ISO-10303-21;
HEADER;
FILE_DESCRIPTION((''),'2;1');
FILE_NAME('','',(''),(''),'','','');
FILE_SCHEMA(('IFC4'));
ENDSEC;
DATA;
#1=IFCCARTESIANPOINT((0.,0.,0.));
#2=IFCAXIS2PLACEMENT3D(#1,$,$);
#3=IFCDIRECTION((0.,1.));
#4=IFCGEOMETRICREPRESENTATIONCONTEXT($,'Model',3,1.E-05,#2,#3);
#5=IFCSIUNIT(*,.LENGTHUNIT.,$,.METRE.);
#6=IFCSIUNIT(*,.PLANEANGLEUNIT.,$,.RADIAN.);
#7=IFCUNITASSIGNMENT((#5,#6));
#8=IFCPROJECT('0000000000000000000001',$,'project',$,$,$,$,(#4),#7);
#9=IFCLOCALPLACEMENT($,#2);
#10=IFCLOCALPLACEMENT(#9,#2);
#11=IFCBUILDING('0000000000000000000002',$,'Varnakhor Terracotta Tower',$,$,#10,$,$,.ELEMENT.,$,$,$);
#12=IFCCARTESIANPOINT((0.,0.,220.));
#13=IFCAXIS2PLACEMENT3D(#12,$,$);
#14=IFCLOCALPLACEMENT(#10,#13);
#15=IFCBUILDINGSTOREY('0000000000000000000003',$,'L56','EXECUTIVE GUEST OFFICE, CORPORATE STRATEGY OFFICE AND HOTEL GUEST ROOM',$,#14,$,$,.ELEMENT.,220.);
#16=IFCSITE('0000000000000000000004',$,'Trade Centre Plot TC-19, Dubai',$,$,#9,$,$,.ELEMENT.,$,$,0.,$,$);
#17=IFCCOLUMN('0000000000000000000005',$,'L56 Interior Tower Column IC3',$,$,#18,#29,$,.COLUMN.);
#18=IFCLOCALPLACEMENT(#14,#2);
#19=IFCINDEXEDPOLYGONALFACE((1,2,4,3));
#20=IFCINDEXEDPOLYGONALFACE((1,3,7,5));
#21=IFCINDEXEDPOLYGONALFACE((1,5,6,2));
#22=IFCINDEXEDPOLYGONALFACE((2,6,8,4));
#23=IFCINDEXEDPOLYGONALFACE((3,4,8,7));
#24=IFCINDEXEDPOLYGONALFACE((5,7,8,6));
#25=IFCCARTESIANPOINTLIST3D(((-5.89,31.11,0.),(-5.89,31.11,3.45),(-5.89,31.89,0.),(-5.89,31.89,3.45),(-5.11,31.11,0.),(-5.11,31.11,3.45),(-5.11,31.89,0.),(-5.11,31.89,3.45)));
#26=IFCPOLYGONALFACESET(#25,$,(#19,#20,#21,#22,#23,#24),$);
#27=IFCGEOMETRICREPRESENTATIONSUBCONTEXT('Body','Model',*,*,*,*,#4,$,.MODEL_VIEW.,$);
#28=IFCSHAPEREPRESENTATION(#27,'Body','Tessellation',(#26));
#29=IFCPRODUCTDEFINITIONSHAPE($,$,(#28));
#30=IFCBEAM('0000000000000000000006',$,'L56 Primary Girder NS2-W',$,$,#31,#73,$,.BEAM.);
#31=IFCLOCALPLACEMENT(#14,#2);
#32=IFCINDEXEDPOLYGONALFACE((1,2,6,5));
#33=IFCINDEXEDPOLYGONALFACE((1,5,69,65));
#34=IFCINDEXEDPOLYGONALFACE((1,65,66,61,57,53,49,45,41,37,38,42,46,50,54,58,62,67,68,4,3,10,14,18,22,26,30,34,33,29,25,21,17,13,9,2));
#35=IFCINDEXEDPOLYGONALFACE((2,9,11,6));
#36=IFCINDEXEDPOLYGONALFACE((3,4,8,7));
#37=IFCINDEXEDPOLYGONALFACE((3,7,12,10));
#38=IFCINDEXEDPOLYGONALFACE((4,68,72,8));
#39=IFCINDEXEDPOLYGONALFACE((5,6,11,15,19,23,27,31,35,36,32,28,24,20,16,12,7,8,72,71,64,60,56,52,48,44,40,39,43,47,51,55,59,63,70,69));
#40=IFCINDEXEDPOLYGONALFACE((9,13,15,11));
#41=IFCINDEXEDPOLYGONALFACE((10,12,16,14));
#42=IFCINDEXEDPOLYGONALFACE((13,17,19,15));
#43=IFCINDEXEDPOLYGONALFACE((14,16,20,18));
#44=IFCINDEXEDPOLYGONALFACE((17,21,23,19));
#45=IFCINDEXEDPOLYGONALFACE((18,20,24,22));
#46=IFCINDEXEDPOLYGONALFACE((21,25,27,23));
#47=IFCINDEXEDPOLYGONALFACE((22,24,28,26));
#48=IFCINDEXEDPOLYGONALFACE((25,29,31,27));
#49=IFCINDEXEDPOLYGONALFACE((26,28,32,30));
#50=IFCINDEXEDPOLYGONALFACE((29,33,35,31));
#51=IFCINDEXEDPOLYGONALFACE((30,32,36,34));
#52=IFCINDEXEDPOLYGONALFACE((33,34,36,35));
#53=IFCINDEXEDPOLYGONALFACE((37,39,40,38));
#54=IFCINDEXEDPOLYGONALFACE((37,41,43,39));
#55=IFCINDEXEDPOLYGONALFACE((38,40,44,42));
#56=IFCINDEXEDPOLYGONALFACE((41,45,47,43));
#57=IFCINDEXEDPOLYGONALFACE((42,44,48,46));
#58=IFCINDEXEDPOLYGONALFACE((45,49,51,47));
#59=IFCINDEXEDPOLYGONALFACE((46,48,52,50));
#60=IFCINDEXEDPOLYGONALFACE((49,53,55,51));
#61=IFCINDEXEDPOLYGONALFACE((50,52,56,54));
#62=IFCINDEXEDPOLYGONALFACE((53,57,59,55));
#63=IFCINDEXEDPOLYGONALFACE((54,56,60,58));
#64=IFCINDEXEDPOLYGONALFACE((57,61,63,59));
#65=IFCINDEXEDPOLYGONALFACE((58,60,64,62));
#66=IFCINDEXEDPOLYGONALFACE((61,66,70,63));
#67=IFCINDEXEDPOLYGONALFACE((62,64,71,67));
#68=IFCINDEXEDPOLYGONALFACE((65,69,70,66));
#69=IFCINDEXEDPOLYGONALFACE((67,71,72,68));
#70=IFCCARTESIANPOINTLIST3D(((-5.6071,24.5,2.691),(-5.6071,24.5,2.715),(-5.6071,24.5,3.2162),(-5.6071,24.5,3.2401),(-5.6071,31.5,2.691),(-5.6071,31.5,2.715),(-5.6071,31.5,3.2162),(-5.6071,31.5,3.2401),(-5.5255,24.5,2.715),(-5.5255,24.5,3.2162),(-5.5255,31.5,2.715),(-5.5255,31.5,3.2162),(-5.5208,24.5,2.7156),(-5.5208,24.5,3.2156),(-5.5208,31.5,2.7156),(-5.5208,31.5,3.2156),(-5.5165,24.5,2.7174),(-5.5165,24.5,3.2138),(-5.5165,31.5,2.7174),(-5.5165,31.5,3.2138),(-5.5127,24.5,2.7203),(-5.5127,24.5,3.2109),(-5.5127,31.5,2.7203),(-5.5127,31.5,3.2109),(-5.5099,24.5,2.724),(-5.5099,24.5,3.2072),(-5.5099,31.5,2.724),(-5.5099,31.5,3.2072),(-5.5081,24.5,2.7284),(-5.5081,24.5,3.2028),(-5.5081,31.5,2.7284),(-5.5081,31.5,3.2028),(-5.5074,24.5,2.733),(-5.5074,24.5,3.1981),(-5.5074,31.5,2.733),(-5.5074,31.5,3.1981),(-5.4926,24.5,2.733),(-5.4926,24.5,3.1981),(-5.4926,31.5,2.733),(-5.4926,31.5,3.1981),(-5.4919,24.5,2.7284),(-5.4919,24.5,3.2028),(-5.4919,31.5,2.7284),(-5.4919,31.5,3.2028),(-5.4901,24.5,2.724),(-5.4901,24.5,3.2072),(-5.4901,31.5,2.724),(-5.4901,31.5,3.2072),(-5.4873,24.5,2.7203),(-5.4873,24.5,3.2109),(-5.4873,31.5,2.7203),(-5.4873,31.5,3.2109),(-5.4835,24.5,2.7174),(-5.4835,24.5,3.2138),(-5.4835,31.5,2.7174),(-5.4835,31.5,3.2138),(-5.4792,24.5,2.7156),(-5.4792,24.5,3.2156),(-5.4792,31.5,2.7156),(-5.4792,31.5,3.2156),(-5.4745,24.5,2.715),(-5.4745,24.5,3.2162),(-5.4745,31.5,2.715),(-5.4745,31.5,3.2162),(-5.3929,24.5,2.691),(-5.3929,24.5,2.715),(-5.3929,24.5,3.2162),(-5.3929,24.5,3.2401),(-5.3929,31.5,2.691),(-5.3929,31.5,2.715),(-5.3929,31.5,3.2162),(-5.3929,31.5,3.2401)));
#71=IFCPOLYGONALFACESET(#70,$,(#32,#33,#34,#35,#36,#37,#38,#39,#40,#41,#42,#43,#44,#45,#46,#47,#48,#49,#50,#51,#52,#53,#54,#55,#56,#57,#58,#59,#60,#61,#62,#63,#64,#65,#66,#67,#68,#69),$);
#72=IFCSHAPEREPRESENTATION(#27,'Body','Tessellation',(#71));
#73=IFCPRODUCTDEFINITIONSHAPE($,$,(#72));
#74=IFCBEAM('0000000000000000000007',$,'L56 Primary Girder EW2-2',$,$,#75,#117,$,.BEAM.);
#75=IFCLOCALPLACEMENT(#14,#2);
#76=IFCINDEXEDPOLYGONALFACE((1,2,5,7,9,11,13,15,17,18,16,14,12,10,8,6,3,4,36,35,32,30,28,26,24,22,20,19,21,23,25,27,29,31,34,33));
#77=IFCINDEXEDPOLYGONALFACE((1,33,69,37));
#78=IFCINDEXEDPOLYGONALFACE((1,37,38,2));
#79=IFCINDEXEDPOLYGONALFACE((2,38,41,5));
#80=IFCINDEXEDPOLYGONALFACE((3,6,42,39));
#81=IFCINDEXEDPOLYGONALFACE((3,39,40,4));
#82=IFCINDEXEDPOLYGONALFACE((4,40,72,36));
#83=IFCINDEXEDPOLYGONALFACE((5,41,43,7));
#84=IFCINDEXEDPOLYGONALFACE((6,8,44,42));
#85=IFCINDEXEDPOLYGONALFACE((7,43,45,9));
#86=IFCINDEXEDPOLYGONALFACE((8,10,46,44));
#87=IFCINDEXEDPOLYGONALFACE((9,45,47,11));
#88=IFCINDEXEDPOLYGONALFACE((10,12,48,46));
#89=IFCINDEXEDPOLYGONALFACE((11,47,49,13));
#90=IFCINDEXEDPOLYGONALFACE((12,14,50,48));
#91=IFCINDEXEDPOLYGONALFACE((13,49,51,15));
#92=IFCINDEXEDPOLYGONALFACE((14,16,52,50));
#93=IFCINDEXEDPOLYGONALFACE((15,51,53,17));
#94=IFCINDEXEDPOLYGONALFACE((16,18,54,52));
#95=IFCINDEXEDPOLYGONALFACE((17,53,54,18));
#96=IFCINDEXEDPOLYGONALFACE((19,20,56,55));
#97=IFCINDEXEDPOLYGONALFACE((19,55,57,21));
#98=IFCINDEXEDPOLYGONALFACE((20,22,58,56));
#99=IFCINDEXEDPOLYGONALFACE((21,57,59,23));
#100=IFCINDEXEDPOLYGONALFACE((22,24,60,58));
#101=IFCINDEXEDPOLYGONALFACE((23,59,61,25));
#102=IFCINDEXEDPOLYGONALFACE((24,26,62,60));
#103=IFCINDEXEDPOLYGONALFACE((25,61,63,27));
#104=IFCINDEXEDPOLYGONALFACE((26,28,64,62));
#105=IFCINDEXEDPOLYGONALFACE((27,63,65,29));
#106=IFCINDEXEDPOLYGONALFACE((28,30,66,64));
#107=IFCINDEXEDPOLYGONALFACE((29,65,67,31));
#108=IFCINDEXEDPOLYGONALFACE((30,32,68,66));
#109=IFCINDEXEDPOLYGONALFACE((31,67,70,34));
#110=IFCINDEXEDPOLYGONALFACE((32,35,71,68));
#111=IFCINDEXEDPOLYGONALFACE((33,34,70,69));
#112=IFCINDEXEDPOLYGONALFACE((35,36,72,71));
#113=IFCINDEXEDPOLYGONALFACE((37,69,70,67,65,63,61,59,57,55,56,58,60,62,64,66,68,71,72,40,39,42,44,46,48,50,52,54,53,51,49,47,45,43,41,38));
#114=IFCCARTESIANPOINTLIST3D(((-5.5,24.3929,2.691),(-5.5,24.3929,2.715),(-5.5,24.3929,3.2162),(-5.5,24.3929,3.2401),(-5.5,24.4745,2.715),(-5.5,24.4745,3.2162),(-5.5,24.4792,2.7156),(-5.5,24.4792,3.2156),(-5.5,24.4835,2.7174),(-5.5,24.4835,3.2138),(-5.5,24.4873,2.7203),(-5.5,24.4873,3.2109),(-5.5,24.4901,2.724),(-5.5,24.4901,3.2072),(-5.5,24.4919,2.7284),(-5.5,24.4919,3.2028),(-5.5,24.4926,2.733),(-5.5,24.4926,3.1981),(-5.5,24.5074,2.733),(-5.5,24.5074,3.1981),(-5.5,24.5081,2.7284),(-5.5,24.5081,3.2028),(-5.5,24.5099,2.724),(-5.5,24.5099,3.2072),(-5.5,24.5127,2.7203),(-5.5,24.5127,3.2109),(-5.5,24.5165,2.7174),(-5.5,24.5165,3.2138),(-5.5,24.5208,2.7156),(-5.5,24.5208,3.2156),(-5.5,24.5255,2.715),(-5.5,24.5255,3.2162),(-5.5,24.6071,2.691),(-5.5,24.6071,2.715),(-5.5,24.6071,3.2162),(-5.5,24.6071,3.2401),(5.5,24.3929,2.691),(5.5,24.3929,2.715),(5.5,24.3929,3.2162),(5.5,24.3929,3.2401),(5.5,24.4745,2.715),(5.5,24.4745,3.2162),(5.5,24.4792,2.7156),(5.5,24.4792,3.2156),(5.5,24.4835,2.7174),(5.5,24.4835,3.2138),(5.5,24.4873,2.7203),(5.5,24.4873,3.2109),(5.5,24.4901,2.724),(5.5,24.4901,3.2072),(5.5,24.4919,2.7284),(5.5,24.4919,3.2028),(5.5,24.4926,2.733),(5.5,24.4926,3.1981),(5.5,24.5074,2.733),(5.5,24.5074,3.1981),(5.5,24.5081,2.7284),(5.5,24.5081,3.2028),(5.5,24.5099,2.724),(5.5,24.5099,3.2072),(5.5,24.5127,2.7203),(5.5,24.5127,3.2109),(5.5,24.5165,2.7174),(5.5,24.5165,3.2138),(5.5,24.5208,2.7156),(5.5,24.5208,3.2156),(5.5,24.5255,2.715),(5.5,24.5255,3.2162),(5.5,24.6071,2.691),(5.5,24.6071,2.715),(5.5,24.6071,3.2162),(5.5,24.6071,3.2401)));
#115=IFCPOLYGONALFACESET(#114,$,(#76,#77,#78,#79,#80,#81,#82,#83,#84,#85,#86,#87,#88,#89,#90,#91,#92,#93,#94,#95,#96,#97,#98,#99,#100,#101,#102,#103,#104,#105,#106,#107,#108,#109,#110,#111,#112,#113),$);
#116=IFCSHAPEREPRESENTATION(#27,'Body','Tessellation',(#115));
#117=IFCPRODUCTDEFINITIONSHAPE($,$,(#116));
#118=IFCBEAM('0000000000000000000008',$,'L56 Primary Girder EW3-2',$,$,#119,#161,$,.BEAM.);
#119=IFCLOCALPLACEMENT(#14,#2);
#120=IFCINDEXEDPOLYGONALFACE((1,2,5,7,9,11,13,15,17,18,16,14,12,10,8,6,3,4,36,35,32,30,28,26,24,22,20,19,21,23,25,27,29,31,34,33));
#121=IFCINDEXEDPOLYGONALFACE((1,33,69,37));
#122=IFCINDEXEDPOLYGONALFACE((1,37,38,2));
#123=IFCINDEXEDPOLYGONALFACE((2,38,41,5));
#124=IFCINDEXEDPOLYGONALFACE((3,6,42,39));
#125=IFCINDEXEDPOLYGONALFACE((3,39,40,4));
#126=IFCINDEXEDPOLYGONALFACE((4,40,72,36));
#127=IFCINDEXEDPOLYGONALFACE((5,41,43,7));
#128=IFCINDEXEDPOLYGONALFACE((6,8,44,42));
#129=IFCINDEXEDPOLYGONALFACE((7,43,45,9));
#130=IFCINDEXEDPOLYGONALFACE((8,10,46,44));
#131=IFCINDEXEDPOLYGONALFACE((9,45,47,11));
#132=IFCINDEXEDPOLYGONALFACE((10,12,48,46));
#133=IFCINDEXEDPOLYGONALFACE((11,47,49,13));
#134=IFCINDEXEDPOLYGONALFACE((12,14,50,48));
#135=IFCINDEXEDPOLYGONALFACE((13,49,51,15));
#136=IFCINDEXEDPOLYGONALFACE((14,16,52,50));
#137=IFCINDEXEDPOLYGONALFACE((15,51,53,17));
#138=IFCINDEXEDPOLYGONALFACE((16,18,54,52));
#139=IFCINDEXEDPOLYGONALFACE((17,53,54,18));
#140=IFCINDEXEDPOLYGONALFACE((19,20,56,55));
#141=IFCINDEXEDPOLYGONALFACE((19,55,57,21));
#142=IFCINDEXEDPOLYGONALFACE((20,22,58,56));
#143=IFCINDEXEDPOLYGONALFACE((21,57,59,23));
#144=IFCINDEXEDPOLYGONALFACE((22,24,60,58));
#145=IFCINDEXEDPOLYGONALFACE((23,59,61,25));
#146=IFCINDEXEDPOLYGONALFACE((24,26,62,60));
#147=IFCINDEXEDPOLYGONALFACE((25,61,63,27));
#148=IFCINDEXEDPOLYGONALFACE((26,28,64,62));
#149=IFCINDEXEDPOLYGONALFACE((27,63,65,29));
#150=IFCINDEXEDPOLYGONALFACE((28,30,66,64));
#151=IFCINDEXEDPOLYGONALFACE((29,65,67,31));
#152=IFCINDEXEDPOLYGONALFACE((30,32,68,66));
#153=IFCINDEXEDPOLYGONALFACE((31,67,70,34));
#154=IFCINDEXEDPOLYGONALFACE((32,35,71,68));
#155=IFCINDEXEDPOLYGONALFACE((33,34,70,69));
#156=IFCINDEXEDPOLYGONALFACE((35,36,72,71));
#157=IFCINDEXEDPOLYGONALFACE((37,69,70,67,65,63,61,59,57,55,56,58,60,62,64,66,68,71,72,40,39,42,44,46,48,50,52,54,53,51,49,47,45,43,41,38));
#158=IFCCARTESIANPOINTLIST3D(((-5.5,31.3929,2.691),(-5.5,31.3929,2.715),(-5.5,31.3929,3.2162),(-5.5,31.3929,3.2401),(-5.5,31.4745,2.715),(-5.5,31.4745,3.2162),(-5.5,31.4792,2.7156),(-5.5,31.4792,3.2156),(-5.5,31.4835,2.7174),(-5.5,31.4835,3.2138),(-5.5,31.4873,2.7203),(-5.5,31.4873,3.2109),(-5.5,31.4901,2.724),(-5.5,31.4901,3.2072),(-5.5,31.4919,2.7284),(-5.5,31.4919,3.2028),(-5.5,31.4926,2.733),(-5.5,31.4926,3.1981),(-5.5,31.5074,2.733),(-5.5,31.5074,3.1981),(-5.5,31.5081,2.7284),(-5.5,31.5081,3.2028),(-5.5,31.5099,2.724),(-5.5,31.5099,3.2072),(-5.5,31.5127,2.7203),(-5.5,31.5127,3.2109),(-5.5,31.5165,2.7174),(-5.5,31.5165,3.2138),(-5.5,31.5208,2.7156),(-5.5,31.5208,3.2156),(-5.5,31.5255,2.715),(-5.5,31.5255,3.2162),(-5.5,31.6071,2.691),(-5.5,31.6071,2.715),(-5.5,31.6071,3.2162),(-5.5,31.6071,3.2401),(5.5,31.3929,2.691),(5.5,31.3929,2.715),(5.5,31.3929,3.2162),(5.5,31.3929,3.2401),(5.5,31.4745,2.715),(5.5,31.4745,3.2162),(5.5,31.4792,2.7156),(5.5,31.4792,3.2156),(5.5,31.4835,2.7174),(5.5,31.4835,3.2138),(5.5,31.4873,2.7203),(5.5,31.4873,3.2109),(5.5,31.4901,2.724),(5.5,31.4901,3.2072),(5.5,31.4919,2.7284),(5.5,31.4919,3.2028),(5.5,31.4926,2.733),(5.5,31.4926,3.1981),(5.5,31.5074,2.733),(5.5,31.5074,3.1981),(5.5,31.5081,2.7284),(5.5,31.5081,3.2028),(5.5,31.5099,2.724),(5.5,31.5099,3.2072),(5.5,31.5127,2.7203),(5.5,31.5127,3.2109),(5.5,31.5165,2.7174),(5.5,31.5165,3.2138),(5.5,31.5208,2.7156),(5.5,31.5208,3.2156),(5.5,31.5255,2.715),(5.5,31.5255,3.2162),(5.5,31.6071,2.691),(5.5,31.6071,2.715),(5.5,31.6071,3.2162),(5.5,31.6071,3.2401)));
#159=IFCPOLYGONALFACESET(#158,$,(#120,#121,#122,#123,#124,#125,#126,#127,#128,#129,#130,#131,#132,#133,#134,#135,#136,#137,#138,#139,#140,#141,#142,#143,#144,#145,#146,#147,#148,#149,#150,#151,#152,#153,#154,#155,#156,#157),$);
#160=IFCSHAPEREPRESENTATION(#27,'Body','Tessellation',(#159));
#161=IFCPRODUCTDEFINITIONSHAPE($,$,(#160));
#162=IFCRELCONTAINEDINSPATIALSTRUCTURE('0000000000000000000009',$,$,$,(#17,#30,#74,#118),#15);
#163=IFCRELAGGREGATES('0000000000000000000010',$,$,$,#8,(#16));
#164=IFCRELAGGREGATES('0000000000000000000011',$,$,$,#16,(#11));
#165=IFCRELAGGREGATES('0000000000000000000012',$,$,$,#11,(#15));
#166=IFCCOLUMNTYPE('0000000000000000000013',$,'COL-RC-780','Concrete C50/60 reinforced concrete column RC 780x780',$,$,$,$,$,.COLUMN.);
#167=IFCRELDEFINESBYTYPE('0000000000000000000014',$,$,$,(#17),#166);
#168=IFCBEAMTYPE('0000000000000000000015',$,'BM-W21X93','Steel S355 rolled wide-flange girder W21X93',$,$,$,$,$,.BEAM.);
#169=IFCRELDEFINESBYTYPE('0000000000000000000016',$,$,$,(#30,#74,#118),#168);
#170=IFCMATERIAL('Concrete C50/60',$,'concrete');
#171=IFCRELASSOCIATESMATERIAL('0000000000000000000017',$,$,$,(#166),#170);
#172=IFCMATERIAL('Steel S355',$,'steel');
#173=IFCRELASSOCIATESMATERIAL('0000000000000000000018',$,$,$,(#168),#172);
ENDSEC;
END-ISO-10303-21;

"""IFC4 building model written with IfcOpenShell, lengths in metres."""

from ifc_helpers import new_model, si_unit, direction, frame, origin, origin_2d, place, context, subcontext, project, spatial, rectangle, i_section, extrude, source, transform, mapped, material, material_profile, profile_set, type_object, element, save


model = new_model("IFC4")

# Units and contexts
model_context = context("Model", 3, precision=1e-05, world=origin(), true_north=direction((0.0, 1.0)))
body_context = subcontext(model_context, "Body", "Model", "MODEL_VIEW")
ifc_project = project(units=[si_unit("LENGTHUNIT", "METRE"), si_unit("PLANEANGLEUNIT", "RADIAN")], contexts=[model_context])

# Site, building, storey
site_placement = place(None, origin())
site = spatial("IfcSite", under=ifc_project, at=site_placement, Name="Trade Centre Plot TC-19, Dubai", CompositionType="ELEMENT", RefElevation=0.0)
building_placement = place(site_placement, origin())
building = spatial("IfcBuilding", under=site, at=building_placement, Name="Varnakhor Terracotta Tower", CompositionType="ELEMENT")
storey_placement = place(building_placement, frame((0.0, 0.0, 220.0)))
storey = spatial("IfcBuildingStorey", under=building, at=storey_placement, Name="L56", Description="EXECUTIVE GUEST OFFICE, CORPORATE STRATEGY OFFICE AND HOTEL GUEST ROOM", CompositionType="ELEMENT", Elevation=220.0)

# Column
ifc_material_1 = material(Name="Concrete C50/60", Category="concrete")
ifc_material_profile_1 = material_profile(ifc_material_1, rectangle(XDim=0.78, YDim=0.78, at=origin_2d()), Name="RC 780x780")
ifc_profile_set_1 = profile_set([ifc_material_profile_1], Name="Concrete C50/60")
column_type = type_object("IfcColumnType", Name="COL-RC-780", Description="Concrete C50/60 reinforced concrete column RC 780x780", PredefinedType="COLUMN", material=ifc_profile_set_1)
shared_shape_1 = source(origin(), body_context, "Body", "SweptSolid", [
    extrude(rectangle(XDim=0.78, YDim=0.78, at=origin_2d()), origin(), (0.0, 0.0, 1.0), 3.45),
])
column_placement = place(storey_placement, frame((-5.5, 31.5, 0.0), z_axis=(0.0, 0.0, 1.0), x_axis=(1.0, 0.0, 0.0)))
element("IfcColumn", 1, at=column_placement, inside=storey, type_object=column_type, Name="L56 Interior Tower Column IC3", PredefinedType="COLUMN", context=body_context, shape_type="MappedRepresentation", body=[
    mapped(shared_shape_1, transform((0.0, 0.0, 0.0), scale=1.0)),
])

# Beams
ifc_material_2 = material(Name="Steel S355", Category="steel")
ifc_material_profile_2 = material_profile(ifc_material_2, i_section(OverallWidth=0.2141, OverallDepth=0.5491, WebThickness=0.0149, FlangeThickness=0.0239, FilletRadius=0.0181, at=origin_2d()), Name="W21X93")
ifc_profile_set_2 = profile_set([ifc_material_profile_2], Name="Steel S355")
beam_type_1 = type_object("IfcBeamType", Name="BM-W21X93", Description="Steel S355 rolled wide-flange girder W21X93", PredefinedType="BEAM", material=ifc_profile_set_2)
shared_shape_2 = source(origin(), body_context, "Body", "SweptSolid", [
    extrude(i_section(OverallWidth=0.2141, OverallDepth=0.5491, WebThickness=0.0149, FlangeThickness=0.0239, FilletRadius=0.0181, at=origin_2d()), origin(), (0.0, 0.0, 1.0), 7.0),
])
beam_1_placement = place(storey_placement, frame((-5.5, 24.5, 2.9656), z_axis=(0.0, 1.0, 0.0), x_axis=(-1.0, 0.0, 0.0)))
element("IfcBeam", 2, at=beam_1_placement, inside=storey, type_object=beam_type_1, Name="L56 Primary Girder NS2-W", PredefinedType="BEAM", context=body_context, shape_type="MappedRepresentation", body=[
    mapped(shared_shape_2, transform((0.0, 0.0, 0.0), scale=1.0)),
])
shared_shape_3 = source(origin(), body_context, "Body", "SweptSolid", [
    extrude(i_section(OverallWidth=0.2141, OverallDepth=0.5491, WebThickness=0.0149, FlangeThickness=0.0239, FilletRadius=0.0181, at=origin_2d()), origin(), (0.0, 0.0, 1.0), 11.0),
])
for number, where, z_axis, x_axis, name in (
    (3, (-5.5, 24.5, 2.9656), (1.0, 0.0, 0.0), (0.0, 1.0, 0.0), "L56 Primary Girder EW2-2"),
    (4, (-5.5, 31.5, 2.9656), (1.0, 0.0, 0.0), (0.0, 1.0, 0.0), "L56 Primary Girder EW3-2"),
):
    element("IfcBeam", number, at=place(storey_placement, frame(where, z_axis=z_axis, x_axis=x_axis)), inside=storey, type_object=beam_type_1, Name=name, PredefinedType="BEAM", context=body_context, shape_type="MappedRepresentation", body=[
        mapped(shared_shape_3, transform((0.0, 0.0, 0.0), scale=1.0)),
    ])

save(model, "model.ifc")
